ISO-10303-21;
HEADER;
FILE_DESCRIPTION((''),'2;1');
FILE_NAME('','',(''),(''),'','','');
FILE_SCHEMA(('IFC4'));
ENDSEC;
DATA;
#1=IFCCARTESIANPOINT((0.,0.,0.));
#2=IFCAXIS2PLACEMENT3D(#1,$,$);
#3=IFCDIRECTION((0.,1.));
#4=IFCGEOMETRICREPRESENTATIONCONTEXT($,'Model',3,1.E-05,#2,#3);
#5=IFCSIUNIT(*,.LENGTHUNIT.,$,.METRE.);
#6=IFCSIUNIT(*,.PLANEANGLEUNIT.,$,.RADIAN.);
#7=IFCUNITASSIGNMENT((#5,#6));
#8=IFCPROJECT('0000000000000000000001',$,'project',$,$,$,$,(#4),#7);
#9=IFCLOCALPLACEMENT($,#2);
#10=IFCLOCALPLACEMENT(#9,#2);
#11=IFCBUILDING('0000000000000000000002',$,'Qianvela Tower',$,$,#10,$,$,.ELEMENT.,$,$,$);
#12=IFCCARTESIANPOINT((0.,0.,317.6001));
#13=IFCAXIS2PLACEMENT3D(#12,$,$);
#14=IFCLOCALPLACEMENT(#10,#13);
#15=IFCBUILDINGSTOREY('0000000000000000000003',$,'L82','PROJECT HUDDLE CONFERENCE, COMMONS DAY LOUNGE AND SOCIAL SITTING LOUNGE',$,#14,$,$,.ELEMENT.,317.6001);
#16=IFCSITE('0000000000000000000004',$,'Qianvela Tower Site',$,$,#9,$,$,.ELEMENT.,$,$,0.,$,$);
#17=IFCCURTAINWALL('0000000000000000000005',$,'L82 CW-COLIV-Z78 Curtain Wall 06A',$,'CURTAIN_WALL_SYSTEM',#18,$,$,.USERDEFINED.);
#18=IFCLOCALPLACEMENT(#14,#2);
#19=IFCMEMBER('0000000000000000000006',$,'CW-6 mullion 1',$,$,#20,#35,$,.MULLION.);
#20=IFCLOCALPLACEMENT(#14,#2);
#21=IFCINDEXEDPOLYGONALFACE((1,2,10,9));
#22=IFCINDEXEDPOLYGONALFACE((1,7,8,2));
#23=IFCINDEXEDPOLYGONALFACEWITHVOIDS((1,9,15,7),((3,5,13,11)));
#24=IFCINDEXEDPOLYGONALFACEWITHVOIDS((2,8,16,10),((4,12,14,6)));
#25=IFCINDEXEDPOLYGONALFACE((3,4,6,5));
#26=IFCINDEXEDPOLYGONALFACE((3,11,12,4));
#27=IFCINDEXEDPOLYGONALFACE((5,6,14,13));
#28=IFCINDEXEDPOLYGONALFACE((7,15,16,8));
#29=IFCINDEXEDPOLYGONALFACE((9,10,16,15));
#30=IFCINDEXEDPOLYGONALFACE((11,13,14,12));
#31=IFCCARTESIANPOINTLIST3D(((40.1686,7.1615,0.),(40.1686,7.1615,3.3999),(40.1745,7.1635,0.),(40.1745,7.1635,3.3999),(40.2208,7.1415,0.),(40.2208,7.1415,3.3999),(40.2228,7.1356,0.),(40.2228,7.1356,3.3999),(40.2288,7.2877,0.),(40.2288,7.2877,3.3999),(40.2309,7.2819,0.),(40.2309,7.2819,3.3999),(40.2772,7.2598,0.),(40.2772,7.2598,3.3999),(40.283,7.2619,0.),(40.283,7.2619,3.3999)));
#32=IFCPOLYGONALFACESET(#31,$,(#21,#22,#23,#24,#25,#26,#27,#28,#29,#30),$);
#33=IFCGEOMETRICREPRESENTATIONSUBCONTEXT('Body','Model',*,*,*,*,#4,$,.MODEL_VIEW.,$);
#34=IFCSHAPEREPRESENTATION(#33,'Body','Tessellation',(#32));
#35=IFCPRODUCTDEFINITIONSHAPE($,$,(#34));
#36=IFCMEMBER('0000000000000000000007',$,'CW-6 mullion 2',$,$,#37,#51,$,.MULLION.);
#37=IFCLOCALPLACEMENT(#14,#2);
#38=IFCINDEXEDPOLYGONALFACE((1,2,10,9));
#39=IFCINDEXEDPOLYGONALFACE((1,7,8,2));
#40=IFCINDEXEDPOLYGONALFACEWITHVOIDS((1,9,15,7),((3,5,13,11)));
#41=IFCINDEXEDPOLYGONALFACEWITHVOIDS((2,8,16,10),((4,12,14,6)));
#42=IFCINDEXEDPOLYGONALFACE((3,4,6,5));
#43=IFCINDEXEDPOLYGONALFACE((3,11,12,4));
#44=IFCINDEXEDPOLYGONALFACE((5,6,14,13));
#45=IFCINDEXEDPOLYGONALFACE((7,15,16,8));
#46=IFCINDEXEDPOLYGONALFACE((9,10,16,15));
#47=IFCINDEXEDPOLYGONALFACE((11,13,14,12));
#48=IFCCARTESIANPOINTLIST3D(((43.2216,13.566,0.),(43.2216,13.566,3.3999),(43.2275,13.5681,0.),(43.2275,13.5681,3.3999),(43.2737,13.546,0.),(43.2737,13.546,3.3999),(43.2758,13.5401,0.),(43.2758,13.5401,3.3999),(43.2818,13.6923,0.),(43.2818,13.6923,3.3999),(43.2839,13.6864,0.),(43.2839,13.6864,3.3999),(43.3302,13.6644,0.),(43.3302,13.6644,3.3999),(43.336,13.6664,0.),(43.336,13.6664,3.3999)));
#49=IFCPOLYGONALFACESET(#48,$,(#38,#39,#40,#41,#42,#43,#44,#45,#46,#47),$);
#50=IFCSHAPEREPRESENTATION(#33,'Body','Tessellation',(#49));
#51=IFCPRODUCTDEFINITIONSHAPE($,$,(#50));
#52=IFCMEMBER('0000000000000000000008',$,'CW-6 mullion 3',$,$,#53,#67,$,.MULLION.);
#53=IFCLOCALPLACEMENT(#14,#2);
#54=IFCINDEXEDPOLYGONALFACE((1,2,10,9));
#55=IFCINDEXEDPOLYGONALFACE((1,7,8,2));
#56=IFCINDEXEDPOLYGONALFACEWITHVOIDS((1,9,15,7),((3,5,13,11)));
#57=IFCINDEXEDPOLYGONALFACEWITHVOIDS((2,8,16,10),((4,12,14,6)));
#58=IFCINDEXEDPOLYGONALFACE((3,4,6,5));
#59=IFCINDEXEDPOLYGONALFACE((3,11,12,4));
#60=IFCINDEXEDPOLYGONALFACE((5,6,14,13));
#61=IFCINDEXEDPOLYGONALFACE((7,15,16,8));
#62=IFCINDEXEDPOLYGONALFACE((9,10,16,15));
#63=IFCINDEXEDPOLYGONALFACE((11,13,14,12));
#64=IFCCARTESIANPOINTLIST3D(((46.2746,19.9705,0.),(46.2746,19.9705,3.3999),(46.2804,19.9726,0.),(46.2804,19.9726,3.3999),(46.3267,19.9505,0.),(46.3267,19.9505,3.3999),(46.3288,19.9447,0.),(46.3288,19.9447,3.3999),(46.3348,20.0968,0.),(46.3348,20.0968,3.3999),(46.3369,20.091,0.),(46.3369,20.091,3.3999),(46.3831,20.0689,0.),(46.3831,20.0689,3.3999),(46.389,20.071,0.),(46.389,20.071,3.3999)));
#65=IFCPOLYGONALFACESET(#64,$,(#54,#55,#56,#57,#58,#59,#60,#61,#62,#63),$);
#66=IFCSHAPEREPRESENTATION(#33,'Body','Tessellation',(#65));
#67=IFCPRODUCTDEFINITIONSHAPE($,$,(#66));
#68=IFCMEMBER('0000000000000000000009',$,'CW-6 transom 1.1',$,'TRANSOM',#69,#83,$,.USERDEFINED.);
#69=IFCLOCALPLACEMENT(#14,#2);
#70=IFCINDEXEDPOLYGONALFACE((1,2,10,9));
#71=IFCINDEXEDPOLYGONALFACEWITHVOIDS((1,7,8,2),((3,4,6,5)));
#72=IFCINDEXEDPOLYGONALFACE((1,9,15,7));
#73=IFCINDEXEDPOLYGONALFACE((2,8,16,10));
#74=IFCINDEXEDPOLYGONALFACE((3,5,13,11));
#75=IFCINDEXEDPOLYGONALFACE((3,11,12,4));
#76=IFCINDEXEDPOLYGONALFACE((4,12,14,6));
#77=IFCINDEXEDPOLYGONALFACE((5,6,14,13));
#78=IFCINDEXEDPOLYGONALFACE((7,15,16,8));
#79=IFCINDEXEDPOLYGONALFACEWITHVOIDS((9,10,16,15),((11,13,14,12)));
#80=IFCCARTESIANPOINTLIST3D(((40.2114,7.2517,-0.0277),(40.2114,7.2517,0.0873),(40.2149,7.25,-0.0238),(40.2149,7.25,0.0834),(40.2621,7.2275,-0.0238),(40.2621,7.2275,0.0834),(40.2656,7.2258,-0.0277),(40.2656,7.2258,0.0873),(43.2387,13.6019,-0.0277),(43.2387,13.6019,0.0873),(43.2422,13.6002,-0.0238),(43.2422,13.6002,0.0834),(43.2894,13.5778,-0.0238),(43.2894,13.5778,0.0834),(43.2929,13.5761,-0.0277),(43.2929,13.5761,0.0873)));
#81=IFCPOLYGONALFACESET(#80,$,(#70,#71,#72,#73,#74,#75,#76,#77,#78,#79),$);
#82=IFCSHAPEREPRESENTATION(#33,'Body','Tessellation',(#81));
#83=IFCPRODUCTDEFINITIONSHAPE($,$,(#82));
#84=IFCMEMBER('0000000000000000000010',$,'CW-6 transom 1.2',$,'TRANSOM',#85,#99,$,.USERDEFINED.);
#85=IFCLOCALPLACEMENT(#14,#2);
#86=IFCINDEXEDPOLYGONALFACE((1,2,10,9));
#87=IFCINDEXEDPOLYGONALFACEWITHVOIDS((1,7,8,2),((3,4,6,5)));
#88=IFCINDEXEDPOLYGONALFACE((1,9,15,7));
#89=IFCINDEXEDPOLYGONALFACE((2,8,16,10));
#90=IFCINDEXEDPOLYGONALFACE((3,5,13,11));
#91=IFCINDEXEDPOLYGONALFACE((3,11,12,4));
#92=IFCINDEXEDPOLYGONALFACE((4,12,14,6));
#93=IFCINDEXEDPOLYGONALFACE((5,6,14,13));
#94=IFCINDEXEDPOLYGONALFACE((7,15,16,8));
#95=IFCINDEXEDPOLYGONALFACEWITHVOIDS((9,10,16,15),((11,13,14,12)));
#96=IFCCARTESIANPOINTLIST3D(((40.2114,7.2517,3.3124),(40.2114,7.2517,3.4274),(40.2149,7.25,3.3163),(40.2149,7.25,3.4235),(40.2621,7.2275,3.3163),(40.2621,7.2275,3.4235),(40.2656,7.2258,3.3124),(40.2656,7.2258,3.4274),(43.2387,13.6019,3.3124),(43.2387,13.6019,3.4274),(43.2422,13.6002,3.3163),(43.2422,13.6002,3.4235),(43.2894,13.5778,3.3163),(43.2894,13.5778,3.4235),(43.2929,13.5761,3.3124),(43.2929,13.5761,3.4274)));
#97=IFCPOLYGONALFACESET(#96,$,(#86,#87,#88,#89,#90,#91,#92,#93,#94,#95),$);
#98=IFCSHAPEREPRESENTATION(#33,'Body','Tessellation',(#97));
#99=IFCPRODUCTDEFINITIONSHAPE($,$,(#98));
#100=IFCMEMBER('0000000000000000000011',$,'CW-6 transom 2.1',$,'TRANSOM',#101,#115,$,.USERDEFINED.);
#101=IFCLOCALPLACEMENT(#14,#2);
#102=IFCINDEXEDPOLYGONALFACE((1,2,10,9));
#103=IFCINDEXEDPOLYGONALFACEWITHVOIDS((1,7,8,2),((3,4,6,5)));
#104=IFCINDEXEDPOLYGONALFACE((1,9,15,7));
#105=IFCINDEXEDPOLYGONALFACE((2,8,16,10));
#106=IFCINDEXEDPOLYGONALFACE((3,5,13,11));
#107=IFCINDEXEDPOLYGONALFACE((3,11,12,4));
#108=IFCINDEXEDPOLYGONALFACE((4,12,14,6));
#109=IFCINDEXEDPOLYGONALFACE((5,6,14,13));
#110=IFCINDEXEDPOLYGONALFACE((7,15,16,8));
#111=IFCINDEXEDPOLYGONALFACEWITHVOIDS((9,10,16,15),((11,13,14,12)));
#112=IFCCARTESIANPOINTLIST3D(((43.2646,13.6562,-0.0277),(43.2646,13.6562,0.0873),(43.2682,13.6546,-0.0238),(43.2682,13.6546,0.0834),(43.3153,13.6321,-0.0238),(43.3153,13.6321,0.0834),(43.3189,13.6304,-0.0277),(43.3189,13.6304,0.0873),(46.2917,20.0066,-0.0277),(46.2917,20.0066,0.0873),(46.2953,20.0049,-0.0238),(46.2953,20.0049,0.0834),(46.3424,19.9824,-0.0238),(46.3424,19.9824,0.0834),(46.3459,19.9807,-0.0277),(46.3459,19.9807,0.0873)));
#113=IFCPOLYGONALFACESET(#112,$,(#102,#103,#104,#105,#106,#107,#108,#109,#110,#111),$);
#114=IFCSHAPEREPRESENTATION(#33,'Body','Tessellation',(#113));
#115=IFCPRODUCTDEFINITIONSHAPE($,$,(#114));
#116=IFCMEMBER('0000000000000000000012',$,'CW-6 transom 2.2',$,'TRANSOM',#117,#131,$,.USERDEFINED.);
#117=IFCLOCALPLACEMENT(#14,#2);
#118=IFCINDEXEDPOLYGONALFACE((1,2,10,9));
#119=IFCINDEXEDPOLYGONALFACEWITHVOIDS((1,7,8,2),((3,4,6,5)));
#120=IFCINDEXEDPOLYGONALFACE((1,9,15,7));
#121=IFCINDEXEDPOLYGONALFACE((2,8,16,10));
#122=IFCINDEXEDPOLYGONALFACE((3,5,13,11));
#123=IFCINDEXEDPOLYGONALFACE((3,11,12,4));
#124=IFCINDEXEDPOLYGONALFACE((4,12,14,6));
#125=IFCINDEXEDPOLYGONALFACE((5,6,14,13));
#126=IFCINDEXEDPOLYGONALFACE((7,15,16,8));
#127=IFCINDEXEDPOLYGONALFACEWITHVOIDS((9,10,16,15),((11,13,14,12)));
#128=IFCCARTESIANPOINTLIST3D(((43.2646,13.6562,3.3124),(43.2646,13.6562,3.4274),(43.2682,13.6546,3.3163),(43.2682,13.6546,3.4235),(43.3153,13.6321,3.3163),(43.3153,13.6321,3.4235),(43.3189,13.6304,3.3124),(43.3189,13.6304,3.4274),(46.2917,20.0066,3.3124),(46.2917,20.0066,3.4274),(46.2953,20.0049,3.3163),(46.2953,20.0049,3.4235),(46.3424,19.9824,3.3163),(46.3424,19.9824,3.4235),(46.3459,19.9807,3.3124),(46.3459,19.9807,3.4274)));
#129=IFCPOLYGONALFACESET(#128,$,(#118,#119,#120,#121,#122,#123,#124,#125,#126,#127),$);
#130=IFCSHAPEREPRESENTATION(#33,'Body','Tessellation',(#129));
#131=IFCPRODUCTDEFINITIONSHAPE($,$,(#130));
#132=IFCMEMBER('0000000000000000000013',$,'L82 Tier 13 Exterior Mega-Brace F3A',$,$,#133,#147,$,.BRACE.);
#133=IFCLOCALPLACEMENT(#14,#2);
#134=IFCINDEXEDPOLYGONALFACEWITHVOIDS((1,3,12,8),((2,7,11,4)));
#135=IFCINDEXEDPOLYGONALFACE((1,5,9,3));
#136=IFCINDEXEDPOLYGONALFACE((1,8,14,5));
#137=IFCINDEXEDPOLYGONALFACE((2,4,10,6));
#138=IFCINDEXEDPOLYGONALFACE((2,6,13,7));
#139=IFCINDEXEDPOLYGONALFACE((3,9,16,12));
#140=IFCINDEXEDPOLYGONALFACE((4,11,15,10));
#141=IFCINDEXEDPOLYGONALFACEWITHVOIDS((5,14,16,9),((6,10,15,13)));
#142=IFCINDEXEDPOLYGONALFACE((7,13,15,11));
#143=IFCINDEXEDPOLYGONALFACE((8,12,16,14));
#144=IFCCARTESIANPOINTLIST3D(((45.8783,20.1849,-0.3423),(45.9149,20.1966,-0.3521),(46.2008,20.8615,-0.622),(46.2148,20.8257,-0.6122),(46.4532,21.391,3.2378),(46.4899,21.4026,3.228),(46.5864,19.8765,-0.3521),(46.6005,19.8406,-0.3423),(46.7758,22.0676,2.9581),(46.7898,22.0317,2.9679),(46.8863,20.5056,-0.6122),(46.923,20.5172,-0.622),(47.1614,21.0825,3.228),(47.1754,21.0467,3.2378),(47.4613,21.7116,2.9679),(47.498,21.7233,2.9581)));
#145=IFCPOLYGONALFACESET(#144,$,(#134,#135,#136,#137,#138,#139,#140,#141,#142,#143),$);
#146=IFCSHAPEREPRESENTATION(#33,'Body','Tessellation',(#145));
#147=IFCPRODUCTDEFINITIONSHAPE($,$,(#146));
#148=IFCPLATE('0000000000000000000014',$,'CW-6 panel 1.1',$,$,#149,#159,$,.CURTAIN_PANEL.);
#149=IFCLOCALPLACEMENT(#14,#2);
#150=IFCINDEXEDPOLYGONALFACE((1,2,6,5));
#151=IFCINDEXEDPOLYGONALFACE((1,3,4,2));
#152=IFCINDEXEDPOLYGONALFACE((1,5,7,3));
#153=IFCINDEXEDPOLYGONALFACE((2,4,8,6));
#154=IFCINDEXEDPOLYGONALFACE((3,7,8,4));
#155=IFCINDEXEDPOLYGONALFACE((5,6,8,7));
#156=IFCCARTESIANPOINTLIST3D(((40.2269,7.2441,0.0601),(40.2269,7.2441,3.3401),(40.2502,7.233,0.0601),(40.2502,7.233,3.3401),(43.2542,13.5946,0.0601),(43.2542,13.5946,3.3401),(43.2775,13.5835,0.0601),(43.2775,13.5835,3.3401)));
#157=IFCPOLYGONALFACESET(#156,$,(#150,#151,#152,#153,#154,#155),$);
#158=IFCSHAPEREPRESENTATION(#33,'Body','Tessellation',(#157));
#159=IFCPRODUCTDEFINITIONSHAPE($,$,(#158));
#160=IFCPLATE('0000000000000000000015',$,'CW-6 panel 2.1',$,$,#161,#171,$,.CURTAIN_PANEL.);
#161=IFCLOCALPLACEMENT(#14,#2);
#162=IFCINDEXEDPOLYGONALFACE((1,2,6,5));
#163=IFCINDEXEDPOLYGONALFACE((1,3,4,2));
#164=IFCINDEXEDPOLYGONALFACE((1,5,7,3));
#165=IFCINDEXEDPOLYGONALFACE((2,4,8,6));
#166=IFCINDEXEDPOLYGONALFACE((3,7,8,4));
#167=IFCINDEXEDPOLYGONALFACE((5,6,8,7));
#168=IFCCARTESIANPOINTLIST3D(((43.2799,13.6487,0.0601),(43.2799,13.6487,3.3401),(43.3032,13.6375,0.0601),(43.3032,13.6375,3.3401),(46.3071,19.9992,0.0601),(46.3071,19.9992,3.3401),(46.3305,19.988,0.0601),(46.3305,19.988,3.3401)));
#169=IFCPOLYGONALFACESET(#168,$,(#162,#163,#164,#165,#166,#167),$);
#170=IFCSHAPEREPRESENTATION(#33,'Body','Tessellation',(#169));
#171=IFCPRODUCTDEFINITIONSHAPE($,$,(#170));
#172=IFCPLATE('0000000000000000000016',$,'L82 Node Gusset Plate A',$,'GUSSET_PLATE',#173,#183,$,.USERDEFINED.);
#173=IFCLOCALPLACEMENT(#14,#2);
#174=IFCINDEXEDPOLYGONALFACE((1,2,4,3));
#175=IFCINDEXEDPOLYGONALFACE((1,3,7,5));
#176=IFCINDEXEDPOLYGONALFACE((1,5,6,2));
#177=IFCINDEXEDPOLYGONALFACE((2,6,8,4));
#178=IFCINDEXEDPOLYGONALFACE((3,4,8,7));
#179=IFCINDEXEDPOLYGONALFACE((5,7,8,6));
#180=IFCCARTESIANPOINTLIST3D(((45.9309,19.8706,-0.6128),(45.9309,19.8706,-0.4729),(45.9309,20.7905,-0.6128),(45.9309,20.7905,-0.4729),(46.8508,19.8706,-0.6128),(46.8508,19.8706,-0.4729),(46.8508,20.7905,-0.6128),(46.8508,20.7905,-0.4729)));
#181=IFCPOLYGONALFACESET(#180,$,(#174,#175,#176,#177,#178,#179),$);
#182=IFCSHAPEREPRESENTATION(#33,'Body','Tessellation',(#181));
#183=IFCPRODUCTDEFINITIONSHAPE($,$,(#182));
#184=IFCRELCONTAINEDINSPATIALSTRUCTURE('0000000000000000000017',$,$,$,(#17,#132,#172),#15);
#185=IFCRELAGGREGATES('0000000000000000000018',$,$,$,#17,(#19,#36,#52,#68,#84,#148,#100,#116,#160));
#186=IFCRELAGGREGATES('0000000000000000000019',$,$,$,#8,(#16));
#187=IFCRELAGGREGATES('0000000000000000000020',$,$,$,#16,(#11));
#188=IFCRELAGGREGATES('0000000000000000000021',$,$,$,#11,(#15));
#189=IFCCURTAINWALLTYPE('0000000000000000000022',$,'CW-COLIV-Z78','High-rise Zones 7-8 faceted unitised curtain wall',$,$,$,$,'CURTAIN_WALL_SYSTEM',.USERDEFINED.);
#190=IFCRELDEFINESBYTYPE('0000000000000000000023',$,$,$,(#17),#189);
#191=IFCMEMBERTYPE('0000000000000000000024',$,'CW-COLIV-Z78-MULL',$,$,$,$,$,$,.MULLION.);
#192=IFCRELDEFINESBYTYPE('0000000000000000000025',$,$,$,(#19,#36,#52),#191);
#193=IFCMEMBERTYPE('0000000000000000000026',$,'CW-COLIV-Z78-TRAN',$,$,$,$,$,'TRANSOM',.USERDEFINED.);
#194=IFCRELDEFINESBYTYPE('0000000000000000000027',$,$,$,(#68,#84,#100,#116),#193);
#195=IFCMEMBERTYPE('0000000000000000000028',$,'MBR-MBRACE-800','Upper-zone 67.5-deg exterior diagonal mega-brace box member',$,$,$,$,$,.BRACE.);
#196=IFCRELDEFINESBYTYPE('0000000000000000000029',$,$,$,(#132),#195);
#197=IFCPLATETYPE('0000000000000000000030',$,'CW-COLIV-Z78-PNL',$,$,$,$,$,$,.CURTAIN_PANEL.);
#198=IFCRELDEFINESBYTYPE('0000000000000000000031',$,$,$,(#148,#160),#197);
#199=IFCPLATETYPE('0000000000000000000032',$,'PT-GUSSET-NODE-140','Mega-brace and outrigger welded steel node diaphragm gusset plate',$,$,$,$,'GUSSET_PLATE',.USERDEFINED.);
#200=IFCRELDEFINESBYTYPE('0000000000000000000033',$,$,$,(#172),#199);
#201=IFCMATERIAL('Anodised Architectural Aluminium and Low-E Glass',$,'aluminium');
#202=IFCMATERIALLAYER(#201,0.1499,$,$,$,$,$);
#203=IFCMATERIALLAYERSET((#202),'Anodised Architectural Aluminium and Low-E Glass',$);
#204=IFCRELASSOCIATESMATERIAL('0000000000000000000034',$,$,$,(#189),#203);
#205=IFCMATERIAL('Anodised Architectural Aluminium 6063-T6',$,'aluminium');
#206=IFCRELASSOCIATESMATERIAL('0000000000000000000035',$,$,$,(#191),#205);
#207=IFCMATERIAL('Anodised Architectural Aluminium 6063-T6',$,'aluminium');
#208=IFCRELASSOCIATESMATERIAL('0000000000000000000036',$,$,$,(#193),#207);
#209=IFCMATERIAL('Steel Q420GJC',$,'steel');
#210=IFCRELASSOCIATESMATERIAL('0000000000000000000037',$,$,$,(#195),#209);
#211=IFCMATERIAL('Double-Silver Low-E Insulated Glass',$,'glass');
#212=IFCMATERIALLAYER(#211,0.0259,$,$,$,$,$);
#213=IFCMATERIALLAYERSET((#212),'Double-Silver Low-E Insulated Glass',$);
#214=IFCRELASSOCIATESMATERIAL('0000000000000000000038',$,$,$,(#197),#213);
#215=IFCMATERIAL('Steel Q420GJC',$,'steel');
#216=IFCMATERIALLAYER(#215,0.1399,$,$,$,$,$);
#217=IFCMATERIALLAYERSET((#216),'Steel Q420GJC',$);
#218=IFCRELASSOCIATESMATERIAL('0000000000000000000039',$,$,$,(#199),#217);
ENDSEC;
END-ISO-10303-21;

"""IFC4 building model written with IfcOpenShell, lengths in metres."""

from ifc_helpers import new_model, si_unit, direction, frame, origin, origin_2d, place, context, subcontext, project, spatial, rectangle, hollow_rectangle, extrude, material, layer, layer_set, material_profile, profile_set, type_object, element, aggregate, save


model = new_model("IFC4")

# Units and contexts
model_context = context("Model", 3, precision=1e-05, world=origin(), true_north=direction((0.0, 1.0)))
body_context = subcontext(model_context, "Body", "Model", "MODEL_VIEW")
ifc_project = project(units=[si_unit("LENGTHUNIT", "METRE"), si_unit("PLANEANGLEUNIT", "RADIAN")], contexts=[model_context])

# Site, building, storey
site_placement = place(None, origin())
site = spatial("IfcSite", under=ifc_project, at=site_placement, Name="Qianvela Tower Site", CompositionType="ELEMENT", RefElevation=0.0)
building_placement = place(site_placement, origin())
building = spatial("IfcBuilding", under=site, at=building_placement, Name="Qianvela Tower", CompositionType="ELEMENT")
storey_placement = place(building_placement, frame((0.0, 0.0, 317.6001)))
storey = spatial("IfcBuildingStorey", under=building, at=storey_placement, Name="L82", Description="PROJECT HUDDLE CONFERENCE, COMMONS DAY LOUNGE AND SOCIAL SITTING LOUNGE", CompositionType="ELEMENT", Elevation=317.6001)

# Shared definitions
ifc_material_1 = material(Name="Anodised Architectural Aluminium and Low-E Glass", Category="aluminium")
ifc_layer_1 = layer(ifc_material_1, 0.1499)
ifc_layer_set_1 = layer_set([ifc_layer_1], Name="Anodised Architectural Aluminium and Low-E Glass")
curtain_wall_type_1 = type_object("IfcCurtainWallType", Name="CW-COLIV-Z78", Description="High-rise Zones 7-8 faceted unitised curtain wall", ElementType="CURTAIN_WALL_SYSTEM", PredefinedType="USERDEFINED", material=ifc_layer_set_1)
ifc_material_2 = material(Name="Anodised Architectural Aluminium 6063-T6", Category="aluminium")
ifc_material_profile_1 = material_profile(ifc_material_2, hollow_rectangle(XDim=0.0601, YDim=0.1399, WallThickness=0.0044, at=origin_2d()), Name="ALU-MULL-60x140")
ifc_profile_set_1 = profile_set([ifc_material_profile_1], Name="Anodised Architectural Aluminium 6063-T6")
member_type_1 = type_object("IfcMemberType", Name="CW-COLIV-Z78-MULL", PredefinedType="MULLION", material=ifc_profile_set_1)

# Curtain wall, members
curtain_wall_1_placement = place(storey_placement, origin())
curtain_wall_1 = element("IfcCurtainWall", 1, at=curtain_wall_1_placement, inside=storey, type_object=curtain_wall_type_1, Name="L82 CW-COLIV-Z78 Curtain Wall 06A", ObjectType="CURTAIN_WALL_SYSTEM", PredefinedType="USERDEFINED")
member_1_placement = place(storey_placement, frame((40.2258, 7.2117, 0.0), z_axis=(0.0, 0.0, 1.0), x_axis=(-0.902683, 0.430306, 0.0)))
member_1 = element("IfcMember", 2, at=member_1_placement, type_object=member_type_1, Name="CW-6 mullion 1", PredefinedType="MULLION", context=body_context, shape_type="SweptSolid", body=[
    extrude(hollow_rectangle(XDim=0.0601, YDim=0.1399, WallThickness=0.0044, at=origin_2d()), origin(), (0.0, 0.0, 1.0), 3.3999),
])
member_2_placement = place(storey_placement, frame((43.2788, 13.6162, 0.0), z_axis=(0.0, 0.0, 1.0), x_axis=(-0.902683, 0.430306, 0.0)))
member_2 = element("IfcMember", 3, at=member_2_placement, type_object=member_type_1, Name="CW-6 mullion 2", PredefinedType="MULLION", context=body_context, shape_type="SweptSolid", body=[
    extrude(hollow_rectangle(XDim=0.0601, YDim=0.1399, WallThickness=0.0044, at=origin_2d()), origin(), (0.0, 0.0, 1.0), 3.3999),
])
member_3_placement = place(storey_placement, frame((46.3318, 20.0208, 0.0), z_axis=(0.0, 0.0, 1.0), x_axis=(-0.902683, 0.430306, 0.0)))
member_3 = element("IfcMember", 4, at=member_3_placement, type_object=member_type_1, Name="CW-6 mullion 3", PredefinedType="MULLION", context=body_context, shape_type="SweptSolid", body=[
    extrude(hollow_rectangle(XDim=0.0601, YDim=0.1399, WallThickness=0.0044, at=origin_2d()), origin(), (0.0, 0.0, 1.0), 3.3999),
])
ifc_material_3 = material(Name="Anodised Architectural Aluminium 6063-T6", Category="aluminium")
ifc_material_profile_2 = material_profile(ifc_material_3, hollow_rectangle(XDim=0.0601, YDim=0.115, WallThickness=0.0039, at=origin_2d()), Name="ALU-TRAN-60x115")
ifc_profile_set_2 = profile_set([ifc_material_profile_2], Name="Anodised Architectural Aluminium 6063-T6")
member_type_2 = type_object("IfcMemberType", Name="CW-COLIV-Z78-TRAN", ElementType="TRANSOM", PredefinedType="USERDEFINED", material=ifc_profile_set_2)
member_4_placement = place(storey_placement, frame((40.2385, 7.2388, 0.0298), z_axis=(0.430324, 0.902674, 0.0), x_axis=(-0.902674, 0.430324, 0.0)))
member_4 = element("IfcMember", 5, at=member_4_placement, type_object=member_type_2, Name="CW-6 transom 1.1", ObjectType="TRANSOM", PredefinedType="USERDEFINED", context=body_context, shape_type="SweptSolid", body=[
    extrude(hollow_rectangle(XDim=0.0601, YDim=0.115, WallThickness=0.0039, at=origin_2d()), origin(), (0.0, 0.0, 1.0), 7.0349),
])
member_5_placement = place(storey_placement, frame((40.2385, 7.2388, 3.3699), z_axis=(0.430324, 0.902674, 0.0), x_axis=(-0.902674, 0.430324, 0.0)))
member_5 = element("IfcMember", 6, at=member_5_placement, type_object=member_type_2, Name="CW-6 transom 1.2", ObjectType="TRANSOM", PredefinedType="USERDEFINED", context=body_context, shape_type="SweptSolid", body=[
    extrude(hollow_rectangle(XDim=0.0601, YDim=0.115, WallThickness=0.0039, at=origin_2d()), origin(), (0.0, 0.0, 1.0), 7.0349),
])
member_6_placement = place(storey_placement, frame((43.2917, 13.6433, 0.0298), z_axis=(0.430296, 0.902688, 0.0), x_axis=(-0.902688, 0.430296, 0.0)))
member_6 = element("IfcMember", 7, at=member_6_placement, type_object=member_type_2, Name="CW-6 transom 2.1", ObjectType="TRANSOM", PredefinedType="USERDEFINED", context=body_context, shape_type="SweptSolid", body=[
    extrude(hollow_rectangle(XDim=0.0601, YDim=0.115, WallThickness=0.0039, at=origin_2d()), origin(), (0.0, 0.0, 1.0), 7.0349),
])
member_7_placement = place(storey_placement, frame((43.2917, 13.6433, 3.3699), z_axis=(0.430296, 0.902688, 0.0), x_axis=(-0.902688, 0.430296, 0.0)))
member_7 = element("IfcMember", 8, at=member_7_placement, type_object=member_type_2, Name="CW-6 transom 2.2", ObjectType="TRANSOM", PredefinedType="USERDEFINED", context=body_context, shape_type="SweptSolid", body=[
    extrude(hollow_rectangle(XDim=0.0601, YDim=0.115, WallThickness=0.0039, at=origin_2d()), origin(), (0.0, 0.0, 1.0), 7.0349),
])

# Member
ifc_material_4 = material(Name="Steel Q420GJC", Category="steel")
ifc_material_profile_3 = material_profile(ifc_material_4, hollow_rectangle(XDim=0.8, YDim=0.8, WallThickness=0.0281, at=origin_2d()), Name="MBOX-800x800x28")
ifc_profile_set_3 = profile_set([ifc_material_profile_3], Name="Steel Q420GJC")
member_type_3 = type_object("IfcMemberType", Name="MBR-MBRACE-800", Description="Upper-zone 67.5-deg exterior diagonal mega-brace box member", PredefinedType="BRACE", material=ifc_profile_set_3)
member_8_placement = place(storey_placement, frame((46.4006, 20.3511, -0.4822), z_axis=(0.150461, 0.315616, 0.936882), x_axis=(-0.902675, 0.430324, 0.0)))
element("IfcMember", 9, at=member_8_placement, inside=storey, type_object=member_type_3, Name="L82 Tier 13 Exterior Mega-Brace F3A", PredefinedType="BRACE", context=body_context, shape_type="SweptSolid", body=[
    extrude(hollow_rectangle(XDim=0.8, YDim=0.8, WallThickness=0.0281, at=origin_2d()), origin(), (0.0, 0.0, 1.0), 3.8213),
])

# Plates
ifc_material_5 = material(Name="Double-Silver Low-E Insulated Glass", Category="glass")
ifc_layer_2 = layer(ifc_material_5, 0.0259)
ifc_layer_set_2 = layer_set([ifc_layer_2], Name="Double-Silver Low-E Insulated Glass")
plate_type_1 = type_object("IfcPlateType", Name="CW-COLIV-Z78-PNL", PredefinedType="CURTAIN_PANEL", material=ifc_layer_set_2)
plate_1_placement = place(storey_placement, frame((41.7522, 10.4138, 0.0601), z_axis=(0.0, 0.0, 1.0), x_axis=(0.430306, 0.902683, 0.0)))
plate_1 = element("IfcPlate", 10, at=plate_1_placement, type_object=plate_type_1, Name="CW-6 panel 1.1", PredefinedType="CURTAIN_PANEL", context=body_context, shape_type="SweptSolid", body=[
    extrude(rectangle(XDim=7.0352, YDim=0.0259, at=origin_2d()), origin(), (0.0, 0.0, 1.0), 3.28),
])
plate_2_placement = place(storey_placement, frame((44.8052, 16.8184, 0.0601), z_axis=(0.0, 0.0, 1.0), x_axis=(0.430306, 0.902683, 0.0)))
plate_2 = element("IfcPlate", 11, at=plate_2_placement, type_object=plate_type_1, Name="CW-6 panel 2.1", PredefinedType="CURTAIN_PANEL", context=body_context, shape_type="SweptSolid", body=[
    extrude(rectangle(XDim=7.0352, YDim=0.0259, at=origin_2d()), origin(), (0.0, 0.0, 1.0), 3.28),
])
aggregate(curtain_wall_1, [member_1, member_2, member_3, member_4, member_5, plate_1, member_6, member_7, plate_2])

# Plate
ifc_material_6 = material(Name="Steel Q420GJC", Category="steel")
ifc_layer_3 = layer(ifc_material_6, 0.1399)
ifc_layer_set_3 = layer_set([ifc_layer_3], Name="Steel Q420GJC")
plate_type_2 = type_object("IfcPlateType", Name="PT-GUSSET-NODE-140", Description="Mega-brace and outrigger welded steel node diaphragm gusset plate", ElementType="GUSSET_PLATE", PredefinedType="USERDEFINED", material=ifc_layer_set_3)
for number, where, z_axis, x_axis, name in (
    (12, (46.3909, 20.3306, -0.6128), (0.0, 0.0, 1.0), (1.0, 0.0, 0.0), "L82 Node Gusset Plate A"),
):
    element("IfcPlate", number, at=place(storey_placement, frame(where, z_axis=z_axis, x_axis=x_axis)), inside=storey, type_object=plate_type_2, Name=name, ObjectType="GUSSET_PLATE", PredefinedType="USERDEFINED", context=body_context, shape_type="SweptSolid", body=[
        extrude(rectangle(XDim=0.9199, YDim=0.9199, at=origin_2d()), origin(), (0.0, 0.0, 1.0), 0.1399),
    ])

save(model, "model.ifc")
